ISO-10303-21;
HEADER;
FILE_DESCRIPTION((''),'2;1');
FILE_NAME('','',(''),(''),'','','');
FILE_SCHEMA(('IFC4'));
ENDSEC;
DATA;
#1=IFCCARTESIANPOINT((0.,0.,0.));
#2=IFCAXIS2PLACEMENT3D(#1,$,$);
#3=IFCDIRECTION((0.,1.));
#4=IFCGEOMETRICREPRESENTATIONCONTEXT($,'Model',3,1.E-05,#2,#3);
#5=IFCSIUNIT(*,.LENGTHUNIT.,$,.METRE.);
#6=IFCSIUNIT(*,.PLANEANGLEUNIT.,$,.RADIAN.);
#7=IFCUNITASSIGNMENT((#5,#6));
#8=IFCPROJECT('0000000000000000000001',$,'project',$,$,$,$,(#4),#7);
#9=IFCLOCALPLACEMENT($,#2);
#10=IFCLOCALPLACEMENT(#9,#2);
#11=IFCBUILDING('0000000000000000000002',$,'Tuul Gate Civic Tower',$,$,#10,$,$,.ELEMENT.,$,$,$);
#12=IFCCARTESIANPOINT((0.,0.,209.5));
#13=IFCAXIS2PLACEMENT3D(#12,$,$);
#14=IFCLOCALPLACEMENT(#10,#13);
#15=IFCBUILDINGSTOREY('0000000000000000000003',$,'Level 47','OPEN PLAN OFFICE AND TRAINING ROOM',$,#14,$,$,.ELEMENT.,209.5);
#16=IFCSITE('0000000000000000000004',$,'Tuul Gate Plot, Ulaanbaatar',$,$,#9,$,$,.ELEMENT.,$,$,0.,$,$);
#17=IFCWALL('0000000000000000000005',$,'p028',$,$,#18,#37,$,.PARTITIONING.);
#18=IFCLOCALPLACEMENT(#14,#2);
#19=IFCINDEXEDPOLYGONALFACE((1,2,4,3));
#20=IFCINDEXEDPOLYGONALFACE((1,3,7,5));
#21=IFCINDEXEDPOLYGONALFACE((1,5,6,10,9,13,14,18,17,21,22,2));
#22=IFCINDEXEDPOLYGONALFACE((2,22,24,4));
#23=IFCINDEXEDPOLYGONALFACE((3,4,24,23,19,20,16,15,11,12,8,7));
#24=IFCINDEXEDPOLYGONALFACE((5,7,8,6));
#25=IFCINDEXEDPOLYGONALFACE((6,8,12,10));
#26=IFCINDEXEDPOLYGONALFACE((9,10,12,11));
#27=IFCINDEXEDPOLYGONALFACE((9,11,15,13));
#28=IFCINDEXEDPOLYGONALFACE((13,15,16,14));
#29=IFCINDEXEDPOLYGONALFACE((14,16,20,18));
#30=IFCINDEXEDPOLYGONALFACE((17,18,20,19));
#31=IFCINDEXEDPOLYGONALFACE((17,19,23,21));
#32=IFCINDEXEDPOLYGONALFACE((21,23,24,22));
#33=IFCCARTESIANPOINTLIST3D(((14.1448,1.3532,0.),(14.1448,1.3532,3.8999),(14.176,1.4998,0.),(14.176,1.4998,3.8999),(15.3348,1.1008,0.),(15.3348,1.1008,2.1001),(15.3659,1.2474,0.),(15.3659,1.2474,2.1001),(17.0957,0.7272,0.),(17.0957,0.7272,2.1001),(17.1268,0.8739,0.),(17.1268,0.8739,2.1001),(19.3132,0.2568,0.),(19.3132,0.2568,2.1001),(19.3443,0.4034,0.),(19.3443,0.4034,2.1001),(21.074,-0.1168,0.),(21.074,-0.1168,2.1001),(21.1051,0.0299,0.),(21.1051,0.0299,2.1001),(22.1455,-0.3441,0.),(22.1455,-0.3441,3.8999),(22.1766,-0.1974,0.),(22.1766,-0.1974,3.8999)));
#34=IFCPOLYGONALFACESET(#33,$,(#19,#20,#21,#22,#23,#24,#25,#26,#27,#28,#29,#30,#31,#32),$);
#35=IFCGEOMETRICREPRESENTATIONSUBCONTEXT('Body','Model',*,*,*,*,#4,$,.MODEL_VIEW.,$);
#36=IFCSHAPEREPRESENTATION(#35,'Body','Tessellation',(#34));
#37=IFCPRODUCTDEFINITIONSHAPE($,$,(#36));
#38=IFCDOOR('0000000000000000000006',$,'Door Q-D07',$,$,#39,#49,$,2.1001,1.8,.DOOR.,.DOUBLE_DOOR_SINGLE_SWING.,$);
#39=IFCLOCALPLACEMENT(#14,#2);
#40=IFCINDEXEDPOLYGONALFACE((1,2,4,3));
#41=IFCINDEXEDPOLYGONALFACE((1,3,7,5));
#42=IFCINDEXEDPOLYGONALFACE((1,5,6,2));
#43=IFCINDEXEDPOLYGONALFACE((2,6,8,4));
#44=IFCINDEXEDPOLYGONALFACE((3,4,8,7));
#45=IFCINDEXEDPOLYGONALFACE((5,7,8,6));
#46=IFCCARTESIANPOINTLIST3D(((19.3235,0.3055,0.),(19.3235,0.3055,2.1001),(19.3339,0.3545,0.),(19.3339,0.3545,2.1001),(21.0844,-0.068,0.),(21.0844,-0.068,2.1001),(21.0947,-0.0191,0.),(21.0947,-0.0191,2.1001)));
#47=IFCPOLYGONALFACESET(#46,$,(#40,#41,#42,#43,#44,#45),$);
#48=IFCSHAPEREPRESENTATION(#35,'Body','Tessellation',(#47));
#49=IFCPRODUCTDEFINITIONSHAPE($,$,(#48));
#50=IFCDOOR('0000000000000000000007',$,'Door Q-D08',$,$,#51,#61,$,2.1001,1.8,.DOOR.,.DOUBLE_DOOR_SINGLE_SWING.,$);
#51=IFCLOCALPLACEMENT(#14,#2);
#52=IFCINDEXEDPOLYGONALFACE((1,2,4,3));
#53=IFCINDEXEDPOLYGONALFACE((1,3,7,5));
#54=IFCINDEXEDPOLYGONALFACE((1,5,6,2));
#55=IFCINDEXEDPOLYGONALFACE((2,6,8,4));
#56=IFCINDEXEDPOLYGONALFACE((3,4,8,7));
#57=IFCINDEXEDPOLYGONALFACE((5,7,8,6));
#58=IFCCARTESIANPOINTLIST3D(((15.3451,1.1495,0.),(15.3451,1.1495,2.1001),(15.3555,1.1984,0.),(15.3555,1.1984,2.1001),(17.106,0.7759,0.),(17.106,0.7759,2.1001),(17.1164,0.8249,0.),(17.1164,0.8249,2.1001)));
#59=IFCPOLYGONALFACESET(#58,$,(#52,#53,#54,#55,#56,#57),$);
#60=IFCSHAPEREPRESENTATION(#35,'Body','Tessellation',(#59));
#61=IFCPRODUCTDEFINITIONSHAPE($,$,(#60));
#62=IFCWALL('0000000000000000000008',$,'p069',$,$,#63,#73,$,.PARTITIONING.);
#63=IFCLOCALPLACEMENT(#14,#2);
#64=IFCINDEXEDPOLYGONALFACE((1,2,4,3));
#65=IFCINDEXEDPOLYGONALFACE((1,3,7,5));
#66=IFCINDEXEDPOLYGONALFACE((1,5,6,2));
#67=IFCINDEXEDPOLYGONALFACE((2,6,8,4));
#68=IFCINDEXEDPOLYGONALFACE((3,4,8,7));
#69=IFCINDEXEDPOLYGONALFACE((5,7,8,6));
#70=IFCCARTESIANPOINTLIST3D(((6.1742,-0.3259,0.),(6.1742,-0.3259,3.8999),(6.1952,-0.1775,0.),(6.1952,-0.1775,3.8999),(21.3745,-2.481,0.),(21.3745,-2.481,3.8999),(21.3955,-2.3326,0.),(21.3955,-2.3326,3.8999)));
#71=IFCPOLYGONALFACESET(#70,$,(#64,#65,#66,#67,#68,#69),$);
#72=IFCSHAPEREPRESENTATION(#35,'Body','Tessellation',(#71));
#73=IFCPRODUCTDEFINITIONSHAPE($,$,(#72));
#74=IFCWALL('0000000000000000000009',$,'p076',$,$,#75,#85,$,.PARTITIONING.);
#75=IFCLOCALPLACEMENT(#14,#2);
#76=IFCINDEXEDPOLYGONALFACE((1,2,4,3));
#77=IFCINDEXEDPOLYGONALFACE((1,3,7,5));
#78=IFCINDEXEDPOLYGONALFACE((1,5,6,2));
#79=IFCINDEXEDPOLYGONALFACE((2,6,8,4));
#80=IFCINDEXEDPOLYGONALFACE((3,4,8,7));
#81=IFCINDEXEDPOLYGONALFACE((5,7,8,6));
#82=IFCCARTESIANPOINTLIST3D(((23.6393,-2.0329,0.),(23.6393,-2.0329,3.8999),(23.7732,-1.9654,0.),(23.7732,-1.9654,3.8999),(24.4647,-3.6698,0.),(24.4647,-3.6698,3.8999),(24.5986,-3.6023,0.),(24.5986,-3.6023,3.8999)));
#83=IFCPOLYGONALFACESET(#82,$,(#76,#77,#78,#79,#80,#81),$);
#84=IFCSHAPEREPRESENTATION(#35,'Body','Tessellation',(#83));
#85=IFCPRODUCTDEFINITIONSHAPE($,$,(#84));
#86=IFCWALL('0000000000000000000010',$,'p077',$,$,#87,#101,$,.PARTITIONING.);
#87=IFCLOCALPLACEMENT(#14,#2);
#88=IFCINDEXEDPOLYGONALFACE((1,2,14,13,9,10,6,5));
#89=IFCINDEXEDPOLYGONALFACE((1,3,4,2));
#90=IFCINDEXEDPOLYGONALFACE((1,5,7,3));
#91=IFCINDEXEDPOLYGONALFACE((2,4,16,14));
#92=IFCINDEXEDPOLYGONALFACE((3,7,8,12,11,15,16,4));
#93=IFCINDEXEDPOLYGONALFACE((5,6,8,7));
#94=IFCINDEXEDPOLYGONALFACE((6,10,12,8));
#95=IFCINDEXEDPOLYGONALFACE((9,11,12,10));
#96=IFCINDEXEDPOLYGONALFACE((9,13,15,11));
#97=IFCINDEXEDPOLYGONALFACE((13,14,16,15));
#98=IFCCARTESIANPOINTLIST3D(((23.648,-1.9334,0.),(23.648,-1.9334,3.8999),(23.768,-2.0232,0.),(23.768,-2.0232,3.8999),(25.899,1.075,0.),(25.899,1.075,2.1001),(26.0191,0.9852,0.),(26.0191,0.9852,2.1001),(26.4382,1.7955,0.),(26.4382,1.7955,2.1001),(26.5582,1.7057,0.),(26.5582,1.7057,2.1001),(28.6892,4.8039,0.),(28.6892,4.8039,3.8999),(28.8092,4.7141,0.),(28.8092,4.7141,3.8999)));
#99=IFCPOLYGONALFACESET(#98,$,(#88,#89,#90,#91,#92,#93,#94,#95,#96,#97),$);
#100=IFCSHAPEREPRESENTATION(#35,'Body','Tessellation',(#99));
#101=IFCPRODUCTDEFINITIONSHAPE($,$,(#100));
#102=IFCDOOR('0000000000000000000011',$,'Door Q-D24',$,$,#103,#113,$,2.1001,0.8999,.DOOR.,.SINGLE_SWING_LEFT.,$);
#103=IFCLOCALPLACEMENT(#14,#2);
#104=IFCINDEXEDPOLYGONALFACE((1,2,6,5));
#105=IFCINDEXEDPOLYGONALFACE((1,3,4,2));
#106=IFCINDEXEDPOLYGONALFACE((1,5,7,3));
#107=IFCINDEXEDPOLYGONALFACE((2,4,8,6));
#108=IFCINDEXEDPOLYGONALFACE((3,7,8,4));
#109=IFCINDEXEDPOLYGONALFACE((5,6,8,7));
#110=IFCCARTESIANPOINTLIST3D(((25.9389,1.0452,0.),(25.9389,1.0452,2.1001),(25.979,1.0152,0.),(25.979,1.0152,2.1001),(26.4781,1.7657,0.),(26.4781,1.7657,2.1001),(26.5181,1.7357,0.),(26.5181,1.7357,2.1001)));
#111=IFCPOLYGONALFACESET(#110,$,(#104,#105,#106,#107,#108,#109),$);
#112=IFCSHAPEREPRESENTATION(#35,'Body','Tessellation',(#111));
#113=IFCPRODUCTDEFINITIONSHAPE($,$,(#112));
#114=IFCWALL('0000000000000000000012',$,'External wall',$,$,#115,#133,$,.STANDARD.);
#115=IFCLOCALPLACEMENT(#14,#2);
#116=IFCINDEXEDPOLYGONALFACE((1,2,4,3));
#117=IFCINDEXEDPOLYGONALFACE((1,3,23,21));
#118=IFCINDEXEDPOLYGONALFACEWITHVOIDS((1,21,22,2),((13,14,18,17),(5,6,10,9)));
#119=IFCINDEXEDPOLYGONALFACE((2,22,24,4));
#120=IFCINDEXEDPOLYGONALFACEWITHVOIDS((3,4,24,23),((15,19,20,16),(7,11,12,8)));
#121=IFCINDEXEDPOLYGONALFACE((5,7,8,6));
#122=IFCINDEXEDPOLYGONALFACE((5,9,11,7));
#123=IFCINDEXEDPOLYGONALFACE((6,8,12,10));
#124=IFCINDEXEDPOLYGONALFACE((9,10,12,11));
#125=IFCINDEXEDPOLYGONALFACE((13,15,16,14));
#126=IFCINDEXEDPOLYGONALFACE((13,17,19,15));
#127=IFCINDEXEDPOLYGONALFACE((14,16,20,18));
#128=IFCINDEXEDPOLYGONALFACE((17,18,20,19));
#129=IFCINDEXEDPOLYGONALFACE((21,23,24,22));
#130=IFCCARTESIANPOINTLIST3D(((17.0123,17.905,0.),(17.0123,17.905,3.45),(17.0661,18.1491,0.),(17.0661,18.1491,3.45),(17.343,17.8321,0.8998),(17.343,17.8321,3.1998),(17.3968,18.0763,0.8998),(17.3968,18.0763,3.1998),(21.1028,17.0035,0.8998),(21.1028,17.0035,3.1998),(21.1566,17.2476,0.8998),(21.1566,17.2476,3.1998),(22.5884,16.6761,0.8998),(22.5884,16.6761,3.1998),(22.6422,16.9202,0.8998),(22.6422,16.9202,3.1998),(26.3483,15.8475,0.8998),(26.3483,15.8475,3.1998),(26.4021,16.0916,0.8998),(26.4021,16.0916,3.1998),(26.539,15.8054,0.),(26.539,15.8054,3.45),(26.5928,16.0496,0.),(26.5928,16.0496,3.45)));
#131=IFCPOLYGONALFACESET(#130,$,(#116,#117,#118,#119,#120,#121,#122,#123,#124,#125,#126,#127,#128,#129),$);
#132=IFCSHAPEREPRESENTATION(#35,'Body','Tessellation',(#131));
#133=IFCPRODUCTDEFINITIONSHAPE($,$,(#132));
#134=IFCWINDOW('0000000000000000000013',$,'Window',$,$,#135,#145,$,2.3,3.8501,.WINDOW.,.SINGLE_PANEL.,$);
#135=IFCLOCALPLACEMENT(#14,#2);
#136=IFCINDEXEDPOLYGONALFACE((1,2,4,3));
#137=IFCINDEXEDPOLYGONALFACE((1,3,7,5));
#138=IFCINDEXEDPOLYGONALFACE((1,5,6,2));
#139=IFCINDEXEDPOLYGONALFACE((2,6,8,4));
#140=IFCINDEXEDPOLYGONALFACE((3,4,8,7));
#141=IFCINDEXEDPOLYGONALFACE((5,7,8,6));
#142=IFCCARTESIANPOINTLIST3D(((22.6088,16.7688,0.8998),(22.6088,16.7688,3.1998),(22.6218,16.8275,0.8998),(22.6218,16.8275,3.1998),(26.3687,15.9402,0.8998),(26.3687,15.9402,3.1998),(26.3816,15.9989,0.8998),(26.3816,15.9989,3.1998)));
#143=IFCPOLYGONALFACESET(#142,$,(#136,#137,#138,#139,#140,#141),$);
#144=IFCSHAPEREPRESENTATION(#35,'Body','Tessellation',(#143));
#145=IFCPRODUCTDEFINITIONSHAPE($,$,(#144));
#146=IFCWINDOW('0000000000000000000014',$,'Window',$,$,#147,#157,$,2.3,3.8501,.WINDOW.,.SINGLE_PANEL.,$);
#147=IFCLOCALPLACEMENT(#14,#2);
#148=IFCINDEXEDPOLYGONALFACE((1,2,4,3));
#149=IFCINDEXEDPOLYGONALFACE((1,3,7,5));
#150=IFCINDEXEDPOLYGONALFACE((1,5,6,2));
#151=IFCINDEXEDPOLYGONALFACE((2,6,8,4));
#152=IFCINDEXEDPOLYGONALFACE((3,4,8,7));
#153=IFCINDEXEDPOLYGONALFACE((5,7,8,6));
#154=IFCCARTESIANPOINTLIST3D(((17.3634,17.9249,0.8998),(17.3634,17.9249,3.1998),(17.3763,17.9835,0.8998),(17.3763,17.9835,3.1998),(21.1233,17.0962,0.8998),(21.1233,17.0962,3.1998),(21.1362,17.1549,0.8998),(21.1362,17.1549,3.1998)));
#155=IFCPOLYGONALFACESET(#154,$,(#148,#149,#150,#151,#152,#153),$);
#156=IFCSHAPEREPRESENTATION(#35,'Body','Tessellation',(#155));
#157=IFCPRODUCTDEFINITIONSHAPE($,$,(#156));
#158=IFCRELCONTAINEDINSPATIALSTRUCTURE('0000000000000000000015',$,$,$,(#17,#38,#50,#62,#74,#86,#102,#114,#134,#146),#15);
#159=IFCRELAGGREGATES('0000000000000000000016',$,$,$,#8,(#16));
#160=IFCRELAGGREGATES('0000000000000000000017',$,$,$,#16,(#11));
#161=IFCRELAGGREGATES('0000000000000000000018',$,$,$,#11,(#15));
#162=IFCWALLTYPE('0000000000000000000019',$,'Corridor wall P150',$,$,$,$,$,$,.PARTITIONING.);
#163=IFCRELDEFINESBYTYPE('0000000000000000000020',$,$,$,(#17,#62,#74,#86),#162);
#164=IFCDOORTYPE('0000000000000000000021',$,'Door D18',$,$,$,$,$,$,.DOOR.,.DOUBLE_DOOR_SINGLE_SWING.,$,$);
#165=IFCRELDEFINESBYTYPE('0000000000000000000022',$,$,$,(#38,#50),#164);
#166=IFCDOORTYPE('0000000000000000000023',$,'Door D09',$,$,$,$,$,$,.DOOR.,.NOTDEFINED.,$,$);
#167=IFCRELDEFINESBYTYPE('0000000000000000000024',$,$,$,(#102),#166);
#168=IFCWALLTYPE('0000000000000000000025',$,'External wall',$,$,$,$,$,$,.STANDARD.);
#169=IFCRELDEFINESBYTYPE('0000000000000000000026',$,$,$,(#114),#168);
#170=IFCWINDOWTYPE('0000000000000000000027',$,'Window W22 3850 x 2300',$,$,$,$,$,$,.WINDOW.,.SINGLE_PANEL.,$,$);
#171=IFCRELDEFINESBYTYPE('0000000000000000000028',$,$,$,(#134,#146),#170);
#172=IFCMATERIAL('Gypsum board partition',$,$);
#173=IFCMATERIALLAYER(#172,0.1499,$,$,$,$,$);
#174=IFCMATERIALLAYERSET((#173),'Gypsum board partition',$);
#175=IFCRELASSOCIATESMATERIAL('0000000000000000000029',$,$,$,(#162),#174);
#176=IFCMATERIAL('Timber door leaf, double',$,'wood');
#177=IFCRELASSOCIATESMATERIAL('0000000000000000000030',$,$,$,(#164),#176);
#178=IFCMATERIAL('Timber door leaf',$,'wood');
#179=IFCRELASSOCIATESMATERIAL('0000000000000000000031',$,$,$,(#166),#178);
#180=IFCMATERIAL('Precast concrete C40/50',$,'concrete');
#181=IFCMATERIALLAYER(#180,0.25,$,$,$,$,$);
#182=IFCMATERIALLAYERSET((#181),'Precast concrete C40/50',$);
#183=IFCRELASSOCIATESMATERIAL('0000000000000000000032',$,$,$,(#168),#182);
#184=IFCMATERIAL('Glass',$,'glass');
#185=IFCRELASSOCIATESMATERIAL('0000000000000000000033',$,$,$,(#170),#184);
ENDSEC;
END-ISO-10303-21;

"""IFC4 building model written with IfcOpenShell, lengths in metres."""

from ifc_helpers import new_model, si_unit, direction, frame, frame_2d, origin, place, context, subcontext, project, spatial, rectangle, extrude, material, layer, layer_set, type_object, element, fill, save


model = new_model("IFC4")

# Units and contexts
model_context = context("Model", 3, precision=1e-05, world=origin(), true_north=direction((0.0, 1.0)))
body_context = subcontext(model_context, "Body", "Model", "MODEL_VIEW")
ifc_project = project(units=[si_unit("LENGTHUNIT", "METRE"), si_unit("PLANEANGLEUNIT", "RADIAN")], contexts=[model_context])

# Site, building, storey
site_placement = place(None, origin())
site = spatial("IfcSite", under=ifc_project, at=site_placement, Name="Tuul Gate Plot, Ulaanbaatar", CompositionType="ELEMENT", RefElevation=0.0)
building_placement = place(site_placement, origin())
building = spatial("IfcBuilding", under=site, at=building_placement, Name="Tuul Gate Civic Tower", CompositionType="ELEMENT")
storey_placement = place(building_placement, frame((0.0, 0.0, 209.5)))
storey = spatial("IfcBuildingStorey", under=building, at=storey_placement, Name="Level 47", Description="OPEN PLAN OFFICE AND TRAINING ROOM", CompositionType="ELEMENT", Elevation=209.5)

# Shared definitions
ifc_material_1 = material(Name="Gypsum board partition")
ifc_layer_1 = layer(ifc_material_1, 0.1499)
ifc_layer_set_1 = layer_set([ifc_layer_1], Name="Gypsum board partition")
wall_type_1 = type_object("IfcWallType", Name="Corridor wall P150", PredefinedType="PARTITIONING", material=ifc_layer_set_1)

# Wall, openings, doors
wall_1_placement = place(storey_placement, frame((14.1604, 1.4265, 0.0), z_axis=(0.0, 0.0, 1.0), x_axis=(0.978231, -0.207521, 0.0)))
wall_1 = element("IfcWall", 1, at=wall_1_placement, inside=storey, type_object=wall_type_1, Name="p028", PredefinedType="PARTITIONING", context=body_context, shape_type="SweptSolid", body=[
    extrude(rectangle(XDim=8.1787, YDim=0.1499, at=frame_2d((4.0894, 0.0))), origin(), (0.0, 0.0, 1.0), 3.8999),
])
opening_1_placement = place(wall_1_placement, frame((5.2834, 0.0, 0.0)))
opening_1 = element("IfcOpeningElement", 2, at=opening_1_placement, cuts=wall_1, PredefinedType="OPENING", context=body_context, shape_type="SweptSolid", body=[
    extrude(rectangle(XDim=1.8, YDim=2.1001, at=frame_2d((0.8999, 1.05))), frame((0.0, 0.085, 0.0), z_axis=(0.0, -1.0, 0.0), x_axis=(1.0, 0.0, 0.0)), (0.0, 0.0, 1.0), 0.1699),
])
opening_2_placement = place(wall_1_placement, frame((1.2166, 0.0, 0.0)))
opening_2 = element("IfcOpeningElement", 3, at=opening_2_placement, cuts=wall_1, PredefinedType="OPENING", context=body_context, shape_type="SweptSolid", body=[
    extrude(rectangle(XDim=1.8, YDim=2.1001, at=frame_2d((0.8999, 1.05))), frame((0.0, 0.085, 0.0), z_axis=(0.0, -1.0, 0.0), x_axis=(1.0, 0.0, 0.0)), (0.0, 0.0, 1.0), 0.1699),
])
ifc_material_2 = material(Name="Timber door leaf, double", Category="wood")
door_type_1 = type_object("IfcDoorType", Name="Door D18", OperationType="DOUBLE_DOOR_SINGLE_SWING", PredefinedType="DOOR", material=ifc_material_2)
door_1_placement = place(opening_1_placement, origin())
door_1 = element("IfcDoor", 4, at=door_1_placement, inside=storey, type_object=door_type_1, Name="Door Q-D07", OperationType="DOUBLE_DOOR_SINGLE_SWING", OverallHeight=2.1001, OverallWidth=1.8, PredefinedType="DOOR", context=body_context, shape_type="SweptSolid", body=[
    extrude(rectangle(XDim=1.8, YDim=2.1001, at=frame_2d((0.8999, 1.05))), frame((0.0, 0.0249, 0.0), z_axis=(0.0, -1.0, 0.0), x_axis=(1.0, 0.0, 0.0)), (0.0, 0.0, 1.0), 0.05),
])
fill(opening_1, door_1)
door_2_placement = place(opening_2_placement, origin())
door_2 = element("IfcDoor", 5, at=door_2_placement, inside=storey, type_object=door_type_1, Name="Door Q-D08", OperationType="DOUBLE_DOOR_SINGLE_SWING", OverallHeight=2.1001, OverallWidth=1.8, PredefinedType="DOOR", context=body_context, shape_type="SweptSolid", body=[
    extrude(rectangle(XDim=1.8, YDim=2.1001, at=frame_2d((0.8999, 1.05))), frame((0.0, 0.0249, 0.0), z_axis=(0.0, -1.0, 0.0), x_axis=(1.0, 0.0, 0.0)), (0.0, 0.0, 1.0), 0.05),
])
fill(opening_2, door_2)

# Walls
wall_2_placement = place(storey_placement, frame((6.1846, -0.2517, 0.0), z_axis=(0.0, 0.0, 1.0), x_axis=(0.990099, -0.140373, 0.0)))
element("IfcWall", 6, at=wall_2_placement, inside=storey, type_object=wall_type_1, Name="p069", PredefinedType="PARTITIONING", context=body_context, shape_type="SweptSolid", body=[
    extrude(rectangle(XDim=15.3523, YDim=0.1499, at=frame_2d((7.6763, 0.0))), origin(), (0.0, 0.0, 1.0), 3.8999),
])
wall_3_placement = place(storey_placement, frame((23.7063, -1.9993, 0.0), z_axis=(0.0, 0.0, 1.0), x_axis=(0.450247, -0.892904, 0.0)))
element("IfcWall", 7, at=wall_3_placement, inside=storey, type_object=wall_type_1, Name="p076", PredefinedType="PARTITIONING", context=body_context, shape_type="SweptSolid", body=[
    extrude(rectangle(XDim=1.8333, YDim=0.1499, at=frame_2d((0.9165, 0.0))), origin(), (0.0, 0.0, 1.0), 3.8999),
])

# Wall, opening, door
wall_4_placement = place(storey_placement, frame((23.708, -1.9783, 0.0), z_axis=(0.0, 0.0, 1.0), x_axis=(0.599108, 0.800668, 0.0)))
wall_4 = element("IfcWall", 8, at=wall_4_placement, inside=storey, type_object=wall_type_1, Name="p077", PredefinedType="PARTITIONING", context=body_context, shape_type="SweptSolid", body=[
    extrude(rectangle(XDim=8.4146, YDim=0.1499, at=frame_2d((4.2073, 0.0))), origin(), (0.0, 0.0, 1.0), 3.8999),
])
opening_3_placement = place(wall_4_placement, frame((3.7573, 0.0, 0.0)))
opening_3 = element("IfcOpeningElement", 9, at=opening_3_placement, cuts=wall_4, PredefinedType="OPENING", context=body_context, shape_type="SweptSolid", body=[
    extrude(rectangle(XDim=0.8999, YDim=2.1001, at=frame_2d((0.45, 1.05))), frame((0.0, 0.085, 0.0), z_axis=(0.0, -1.0, 0.0), x_axis=(1.0, 0.0, 0.0)), (0.0, 0.0, 1.0), 0.1699),
])
ifc_material_3 = material(Name="Timber door leaf", Category="wood")
door_type_2 = type_object("IfcDoorType", Name="Door D09", OperationType="NOTDEFINED", PredefinedType="DOOR", material=ifc_material_3)
door_3_placement = place(opening_3_placement, frame((0.8999, 0.0, 0.0), z_axis=(0.0, 0.0, 1.0), x_axis=(-1.0, 0.0, 0.0)))
door_3 = element("IfcDoor", 10, at=door_3_placement, inside=storey, type_object=door_type_2, Name="Door Q-D24", OperationType="SINGLE_SWING_LEFT", OverallHeight=2.1001, OverallWidth=0.8999, PredefinedType="DOOR", context=body_context, shape_type="SweptSolid", body=[
    extrude(rectangle(XDim=0.8999, YDim=2.1001, at=frame_2d((0.45, 1.05))), frame((0.0, 0.0249, 0.0), z_axis=(0.0, -1.0, 0.0), x_axis=(1.0, 0.0, 0.0)), (0.0, 0.0, 1.0), 0.05),
])
fill(opening_3, door_3)

# Wall, openings, windows
ifc_material_4 = material(Name="Precast concrete C40/50", Category="concrete")
ifc_layer_2 = layer(ifc_material_4, 0.25)
ifc_layer_set_2 = layer_set([ifc_layer_2], Name="Precast concrete C40/50")
wall_type_2 = type_object("IfcWallType", Name="External wall", PredefinedType="STANDARD", material=ifc_layer_set_2)
wall_5_placement = place(storey_placement, frame((26.5659, 15.9275, 0.0), z_axis=(0.0, 0.0, 1.0), x_axis=(-0.976565, 0.215224, 0.0)))
wall_5 = element("IfcWall", 11, at=wall_5_placement, inside=storey, type_object=wall_type_2, Name="External wall", PredefinedType="STANDARD", context=body_context, shape_type="SweptSolid", body=[
    extrude(rectangle(XDim=9.7554, YDim=0.25, at=frame_2d((4.8777, 0.0))), origin(), (0.0, 0.0, 1.0), 3.45),
])
opening_4_placement = place(wall_5_placement, frame((0.1953, 0.0, 0.8999)))
opening_4 = element("IfcOpeningElement", 12, at=opening_4_placement, cuts=wall_5, PredefinedType="OPENING", context=body_context, shape_type="SweptSolid", body=[
    extrude(rectangle(XDim=3.8501, YDim=2.3, at=frame_2d((1.925, 1.1499))), frame((0.0, 0.135, 0.0), z_axis=(0.0, -1.0, 0.0), x_axis=(1.0, 0.0, 0.0)), (0.0, 0.0, 1.0), 0.27),
])
opening_5_placement = place(wall_5_placement, frame((5.5667, 0.0, 0.8999)))
opening_5 = element("IfcOpeningElement", 13, at=opening_5_placement, cuts=wall_5, PredefinedType="OPENING", context=body_context, shape_type="SweptSolid", body=[
    extrude(rectangle(XDim=3.8501, YDim=2.3, at=frame_2d((1.925, 1.1499))), frame((0.0, 0.135, 0.0), z_axis=(0.0, -1.0, 0.0), x_axis=(1.0, 0.0, 0.0)), (0.0, 0.0, 1.0), 0.27),
])
ifc_material_5 = material(Name="Glass", Category="glass")
window_type = type_object("IfcWindowType", Name="Window W22 3850 x 2300", PartitioningType="SINGLE_PANEL", PredefinedType="WINDOW", material=ifc_material_5)
window_1_placement = place(opening_4_placement, origin())
window_1 = element("IfcWindow", 14, at=window_1_placement, inside=storey, type_object=window_type, Name="Window", OverallHeight=2.3, OverallWidth=3.8501, PartitioningType="SINGLE_PANEL", PredefinedType="WINDOW", context=body_context, shape_type="SweptSolid", body=[
    extrude(rectangle(XDim=3.8501, YDim=2.3, at=frame_2d((1.925, 1.1499))), frame((0.0, 0.03, 0.0), z_axis=(0.0, -1.0, 0.0), x_axis=(1.0, 0.0, 0.0)), (0.0, 0.0, 1.0), 0.0601),
])
fill(opening_4, window_1)
window_2_placement = place(opening_5_placement, origin())
window_2 = element("IfcWindow", 15, at=window_2_placement, inside=storey, type_object=window_type, Name="Window", OverallHeight=2.3, OverallWidth=3.8501, PartitioningType="SINGLE_PANEL", PredefinedType="WINDOW", context=body_context, shape_type="SweptSolid", body=[
    extrude(rectangle(XDim=3.8501, YDim=2.3, at=frame_2d((1.925, 1.1499))), frame((0.0, 0.03, 0.0), z_axis=(0.0, -1.0, 0.0), x_axis=(1.0, 0.0, 0.0)), (0.0, 0.0, 1.0), 0.0601),
])
fill(opening_5, window_2)

save(model, "model.ifc")
